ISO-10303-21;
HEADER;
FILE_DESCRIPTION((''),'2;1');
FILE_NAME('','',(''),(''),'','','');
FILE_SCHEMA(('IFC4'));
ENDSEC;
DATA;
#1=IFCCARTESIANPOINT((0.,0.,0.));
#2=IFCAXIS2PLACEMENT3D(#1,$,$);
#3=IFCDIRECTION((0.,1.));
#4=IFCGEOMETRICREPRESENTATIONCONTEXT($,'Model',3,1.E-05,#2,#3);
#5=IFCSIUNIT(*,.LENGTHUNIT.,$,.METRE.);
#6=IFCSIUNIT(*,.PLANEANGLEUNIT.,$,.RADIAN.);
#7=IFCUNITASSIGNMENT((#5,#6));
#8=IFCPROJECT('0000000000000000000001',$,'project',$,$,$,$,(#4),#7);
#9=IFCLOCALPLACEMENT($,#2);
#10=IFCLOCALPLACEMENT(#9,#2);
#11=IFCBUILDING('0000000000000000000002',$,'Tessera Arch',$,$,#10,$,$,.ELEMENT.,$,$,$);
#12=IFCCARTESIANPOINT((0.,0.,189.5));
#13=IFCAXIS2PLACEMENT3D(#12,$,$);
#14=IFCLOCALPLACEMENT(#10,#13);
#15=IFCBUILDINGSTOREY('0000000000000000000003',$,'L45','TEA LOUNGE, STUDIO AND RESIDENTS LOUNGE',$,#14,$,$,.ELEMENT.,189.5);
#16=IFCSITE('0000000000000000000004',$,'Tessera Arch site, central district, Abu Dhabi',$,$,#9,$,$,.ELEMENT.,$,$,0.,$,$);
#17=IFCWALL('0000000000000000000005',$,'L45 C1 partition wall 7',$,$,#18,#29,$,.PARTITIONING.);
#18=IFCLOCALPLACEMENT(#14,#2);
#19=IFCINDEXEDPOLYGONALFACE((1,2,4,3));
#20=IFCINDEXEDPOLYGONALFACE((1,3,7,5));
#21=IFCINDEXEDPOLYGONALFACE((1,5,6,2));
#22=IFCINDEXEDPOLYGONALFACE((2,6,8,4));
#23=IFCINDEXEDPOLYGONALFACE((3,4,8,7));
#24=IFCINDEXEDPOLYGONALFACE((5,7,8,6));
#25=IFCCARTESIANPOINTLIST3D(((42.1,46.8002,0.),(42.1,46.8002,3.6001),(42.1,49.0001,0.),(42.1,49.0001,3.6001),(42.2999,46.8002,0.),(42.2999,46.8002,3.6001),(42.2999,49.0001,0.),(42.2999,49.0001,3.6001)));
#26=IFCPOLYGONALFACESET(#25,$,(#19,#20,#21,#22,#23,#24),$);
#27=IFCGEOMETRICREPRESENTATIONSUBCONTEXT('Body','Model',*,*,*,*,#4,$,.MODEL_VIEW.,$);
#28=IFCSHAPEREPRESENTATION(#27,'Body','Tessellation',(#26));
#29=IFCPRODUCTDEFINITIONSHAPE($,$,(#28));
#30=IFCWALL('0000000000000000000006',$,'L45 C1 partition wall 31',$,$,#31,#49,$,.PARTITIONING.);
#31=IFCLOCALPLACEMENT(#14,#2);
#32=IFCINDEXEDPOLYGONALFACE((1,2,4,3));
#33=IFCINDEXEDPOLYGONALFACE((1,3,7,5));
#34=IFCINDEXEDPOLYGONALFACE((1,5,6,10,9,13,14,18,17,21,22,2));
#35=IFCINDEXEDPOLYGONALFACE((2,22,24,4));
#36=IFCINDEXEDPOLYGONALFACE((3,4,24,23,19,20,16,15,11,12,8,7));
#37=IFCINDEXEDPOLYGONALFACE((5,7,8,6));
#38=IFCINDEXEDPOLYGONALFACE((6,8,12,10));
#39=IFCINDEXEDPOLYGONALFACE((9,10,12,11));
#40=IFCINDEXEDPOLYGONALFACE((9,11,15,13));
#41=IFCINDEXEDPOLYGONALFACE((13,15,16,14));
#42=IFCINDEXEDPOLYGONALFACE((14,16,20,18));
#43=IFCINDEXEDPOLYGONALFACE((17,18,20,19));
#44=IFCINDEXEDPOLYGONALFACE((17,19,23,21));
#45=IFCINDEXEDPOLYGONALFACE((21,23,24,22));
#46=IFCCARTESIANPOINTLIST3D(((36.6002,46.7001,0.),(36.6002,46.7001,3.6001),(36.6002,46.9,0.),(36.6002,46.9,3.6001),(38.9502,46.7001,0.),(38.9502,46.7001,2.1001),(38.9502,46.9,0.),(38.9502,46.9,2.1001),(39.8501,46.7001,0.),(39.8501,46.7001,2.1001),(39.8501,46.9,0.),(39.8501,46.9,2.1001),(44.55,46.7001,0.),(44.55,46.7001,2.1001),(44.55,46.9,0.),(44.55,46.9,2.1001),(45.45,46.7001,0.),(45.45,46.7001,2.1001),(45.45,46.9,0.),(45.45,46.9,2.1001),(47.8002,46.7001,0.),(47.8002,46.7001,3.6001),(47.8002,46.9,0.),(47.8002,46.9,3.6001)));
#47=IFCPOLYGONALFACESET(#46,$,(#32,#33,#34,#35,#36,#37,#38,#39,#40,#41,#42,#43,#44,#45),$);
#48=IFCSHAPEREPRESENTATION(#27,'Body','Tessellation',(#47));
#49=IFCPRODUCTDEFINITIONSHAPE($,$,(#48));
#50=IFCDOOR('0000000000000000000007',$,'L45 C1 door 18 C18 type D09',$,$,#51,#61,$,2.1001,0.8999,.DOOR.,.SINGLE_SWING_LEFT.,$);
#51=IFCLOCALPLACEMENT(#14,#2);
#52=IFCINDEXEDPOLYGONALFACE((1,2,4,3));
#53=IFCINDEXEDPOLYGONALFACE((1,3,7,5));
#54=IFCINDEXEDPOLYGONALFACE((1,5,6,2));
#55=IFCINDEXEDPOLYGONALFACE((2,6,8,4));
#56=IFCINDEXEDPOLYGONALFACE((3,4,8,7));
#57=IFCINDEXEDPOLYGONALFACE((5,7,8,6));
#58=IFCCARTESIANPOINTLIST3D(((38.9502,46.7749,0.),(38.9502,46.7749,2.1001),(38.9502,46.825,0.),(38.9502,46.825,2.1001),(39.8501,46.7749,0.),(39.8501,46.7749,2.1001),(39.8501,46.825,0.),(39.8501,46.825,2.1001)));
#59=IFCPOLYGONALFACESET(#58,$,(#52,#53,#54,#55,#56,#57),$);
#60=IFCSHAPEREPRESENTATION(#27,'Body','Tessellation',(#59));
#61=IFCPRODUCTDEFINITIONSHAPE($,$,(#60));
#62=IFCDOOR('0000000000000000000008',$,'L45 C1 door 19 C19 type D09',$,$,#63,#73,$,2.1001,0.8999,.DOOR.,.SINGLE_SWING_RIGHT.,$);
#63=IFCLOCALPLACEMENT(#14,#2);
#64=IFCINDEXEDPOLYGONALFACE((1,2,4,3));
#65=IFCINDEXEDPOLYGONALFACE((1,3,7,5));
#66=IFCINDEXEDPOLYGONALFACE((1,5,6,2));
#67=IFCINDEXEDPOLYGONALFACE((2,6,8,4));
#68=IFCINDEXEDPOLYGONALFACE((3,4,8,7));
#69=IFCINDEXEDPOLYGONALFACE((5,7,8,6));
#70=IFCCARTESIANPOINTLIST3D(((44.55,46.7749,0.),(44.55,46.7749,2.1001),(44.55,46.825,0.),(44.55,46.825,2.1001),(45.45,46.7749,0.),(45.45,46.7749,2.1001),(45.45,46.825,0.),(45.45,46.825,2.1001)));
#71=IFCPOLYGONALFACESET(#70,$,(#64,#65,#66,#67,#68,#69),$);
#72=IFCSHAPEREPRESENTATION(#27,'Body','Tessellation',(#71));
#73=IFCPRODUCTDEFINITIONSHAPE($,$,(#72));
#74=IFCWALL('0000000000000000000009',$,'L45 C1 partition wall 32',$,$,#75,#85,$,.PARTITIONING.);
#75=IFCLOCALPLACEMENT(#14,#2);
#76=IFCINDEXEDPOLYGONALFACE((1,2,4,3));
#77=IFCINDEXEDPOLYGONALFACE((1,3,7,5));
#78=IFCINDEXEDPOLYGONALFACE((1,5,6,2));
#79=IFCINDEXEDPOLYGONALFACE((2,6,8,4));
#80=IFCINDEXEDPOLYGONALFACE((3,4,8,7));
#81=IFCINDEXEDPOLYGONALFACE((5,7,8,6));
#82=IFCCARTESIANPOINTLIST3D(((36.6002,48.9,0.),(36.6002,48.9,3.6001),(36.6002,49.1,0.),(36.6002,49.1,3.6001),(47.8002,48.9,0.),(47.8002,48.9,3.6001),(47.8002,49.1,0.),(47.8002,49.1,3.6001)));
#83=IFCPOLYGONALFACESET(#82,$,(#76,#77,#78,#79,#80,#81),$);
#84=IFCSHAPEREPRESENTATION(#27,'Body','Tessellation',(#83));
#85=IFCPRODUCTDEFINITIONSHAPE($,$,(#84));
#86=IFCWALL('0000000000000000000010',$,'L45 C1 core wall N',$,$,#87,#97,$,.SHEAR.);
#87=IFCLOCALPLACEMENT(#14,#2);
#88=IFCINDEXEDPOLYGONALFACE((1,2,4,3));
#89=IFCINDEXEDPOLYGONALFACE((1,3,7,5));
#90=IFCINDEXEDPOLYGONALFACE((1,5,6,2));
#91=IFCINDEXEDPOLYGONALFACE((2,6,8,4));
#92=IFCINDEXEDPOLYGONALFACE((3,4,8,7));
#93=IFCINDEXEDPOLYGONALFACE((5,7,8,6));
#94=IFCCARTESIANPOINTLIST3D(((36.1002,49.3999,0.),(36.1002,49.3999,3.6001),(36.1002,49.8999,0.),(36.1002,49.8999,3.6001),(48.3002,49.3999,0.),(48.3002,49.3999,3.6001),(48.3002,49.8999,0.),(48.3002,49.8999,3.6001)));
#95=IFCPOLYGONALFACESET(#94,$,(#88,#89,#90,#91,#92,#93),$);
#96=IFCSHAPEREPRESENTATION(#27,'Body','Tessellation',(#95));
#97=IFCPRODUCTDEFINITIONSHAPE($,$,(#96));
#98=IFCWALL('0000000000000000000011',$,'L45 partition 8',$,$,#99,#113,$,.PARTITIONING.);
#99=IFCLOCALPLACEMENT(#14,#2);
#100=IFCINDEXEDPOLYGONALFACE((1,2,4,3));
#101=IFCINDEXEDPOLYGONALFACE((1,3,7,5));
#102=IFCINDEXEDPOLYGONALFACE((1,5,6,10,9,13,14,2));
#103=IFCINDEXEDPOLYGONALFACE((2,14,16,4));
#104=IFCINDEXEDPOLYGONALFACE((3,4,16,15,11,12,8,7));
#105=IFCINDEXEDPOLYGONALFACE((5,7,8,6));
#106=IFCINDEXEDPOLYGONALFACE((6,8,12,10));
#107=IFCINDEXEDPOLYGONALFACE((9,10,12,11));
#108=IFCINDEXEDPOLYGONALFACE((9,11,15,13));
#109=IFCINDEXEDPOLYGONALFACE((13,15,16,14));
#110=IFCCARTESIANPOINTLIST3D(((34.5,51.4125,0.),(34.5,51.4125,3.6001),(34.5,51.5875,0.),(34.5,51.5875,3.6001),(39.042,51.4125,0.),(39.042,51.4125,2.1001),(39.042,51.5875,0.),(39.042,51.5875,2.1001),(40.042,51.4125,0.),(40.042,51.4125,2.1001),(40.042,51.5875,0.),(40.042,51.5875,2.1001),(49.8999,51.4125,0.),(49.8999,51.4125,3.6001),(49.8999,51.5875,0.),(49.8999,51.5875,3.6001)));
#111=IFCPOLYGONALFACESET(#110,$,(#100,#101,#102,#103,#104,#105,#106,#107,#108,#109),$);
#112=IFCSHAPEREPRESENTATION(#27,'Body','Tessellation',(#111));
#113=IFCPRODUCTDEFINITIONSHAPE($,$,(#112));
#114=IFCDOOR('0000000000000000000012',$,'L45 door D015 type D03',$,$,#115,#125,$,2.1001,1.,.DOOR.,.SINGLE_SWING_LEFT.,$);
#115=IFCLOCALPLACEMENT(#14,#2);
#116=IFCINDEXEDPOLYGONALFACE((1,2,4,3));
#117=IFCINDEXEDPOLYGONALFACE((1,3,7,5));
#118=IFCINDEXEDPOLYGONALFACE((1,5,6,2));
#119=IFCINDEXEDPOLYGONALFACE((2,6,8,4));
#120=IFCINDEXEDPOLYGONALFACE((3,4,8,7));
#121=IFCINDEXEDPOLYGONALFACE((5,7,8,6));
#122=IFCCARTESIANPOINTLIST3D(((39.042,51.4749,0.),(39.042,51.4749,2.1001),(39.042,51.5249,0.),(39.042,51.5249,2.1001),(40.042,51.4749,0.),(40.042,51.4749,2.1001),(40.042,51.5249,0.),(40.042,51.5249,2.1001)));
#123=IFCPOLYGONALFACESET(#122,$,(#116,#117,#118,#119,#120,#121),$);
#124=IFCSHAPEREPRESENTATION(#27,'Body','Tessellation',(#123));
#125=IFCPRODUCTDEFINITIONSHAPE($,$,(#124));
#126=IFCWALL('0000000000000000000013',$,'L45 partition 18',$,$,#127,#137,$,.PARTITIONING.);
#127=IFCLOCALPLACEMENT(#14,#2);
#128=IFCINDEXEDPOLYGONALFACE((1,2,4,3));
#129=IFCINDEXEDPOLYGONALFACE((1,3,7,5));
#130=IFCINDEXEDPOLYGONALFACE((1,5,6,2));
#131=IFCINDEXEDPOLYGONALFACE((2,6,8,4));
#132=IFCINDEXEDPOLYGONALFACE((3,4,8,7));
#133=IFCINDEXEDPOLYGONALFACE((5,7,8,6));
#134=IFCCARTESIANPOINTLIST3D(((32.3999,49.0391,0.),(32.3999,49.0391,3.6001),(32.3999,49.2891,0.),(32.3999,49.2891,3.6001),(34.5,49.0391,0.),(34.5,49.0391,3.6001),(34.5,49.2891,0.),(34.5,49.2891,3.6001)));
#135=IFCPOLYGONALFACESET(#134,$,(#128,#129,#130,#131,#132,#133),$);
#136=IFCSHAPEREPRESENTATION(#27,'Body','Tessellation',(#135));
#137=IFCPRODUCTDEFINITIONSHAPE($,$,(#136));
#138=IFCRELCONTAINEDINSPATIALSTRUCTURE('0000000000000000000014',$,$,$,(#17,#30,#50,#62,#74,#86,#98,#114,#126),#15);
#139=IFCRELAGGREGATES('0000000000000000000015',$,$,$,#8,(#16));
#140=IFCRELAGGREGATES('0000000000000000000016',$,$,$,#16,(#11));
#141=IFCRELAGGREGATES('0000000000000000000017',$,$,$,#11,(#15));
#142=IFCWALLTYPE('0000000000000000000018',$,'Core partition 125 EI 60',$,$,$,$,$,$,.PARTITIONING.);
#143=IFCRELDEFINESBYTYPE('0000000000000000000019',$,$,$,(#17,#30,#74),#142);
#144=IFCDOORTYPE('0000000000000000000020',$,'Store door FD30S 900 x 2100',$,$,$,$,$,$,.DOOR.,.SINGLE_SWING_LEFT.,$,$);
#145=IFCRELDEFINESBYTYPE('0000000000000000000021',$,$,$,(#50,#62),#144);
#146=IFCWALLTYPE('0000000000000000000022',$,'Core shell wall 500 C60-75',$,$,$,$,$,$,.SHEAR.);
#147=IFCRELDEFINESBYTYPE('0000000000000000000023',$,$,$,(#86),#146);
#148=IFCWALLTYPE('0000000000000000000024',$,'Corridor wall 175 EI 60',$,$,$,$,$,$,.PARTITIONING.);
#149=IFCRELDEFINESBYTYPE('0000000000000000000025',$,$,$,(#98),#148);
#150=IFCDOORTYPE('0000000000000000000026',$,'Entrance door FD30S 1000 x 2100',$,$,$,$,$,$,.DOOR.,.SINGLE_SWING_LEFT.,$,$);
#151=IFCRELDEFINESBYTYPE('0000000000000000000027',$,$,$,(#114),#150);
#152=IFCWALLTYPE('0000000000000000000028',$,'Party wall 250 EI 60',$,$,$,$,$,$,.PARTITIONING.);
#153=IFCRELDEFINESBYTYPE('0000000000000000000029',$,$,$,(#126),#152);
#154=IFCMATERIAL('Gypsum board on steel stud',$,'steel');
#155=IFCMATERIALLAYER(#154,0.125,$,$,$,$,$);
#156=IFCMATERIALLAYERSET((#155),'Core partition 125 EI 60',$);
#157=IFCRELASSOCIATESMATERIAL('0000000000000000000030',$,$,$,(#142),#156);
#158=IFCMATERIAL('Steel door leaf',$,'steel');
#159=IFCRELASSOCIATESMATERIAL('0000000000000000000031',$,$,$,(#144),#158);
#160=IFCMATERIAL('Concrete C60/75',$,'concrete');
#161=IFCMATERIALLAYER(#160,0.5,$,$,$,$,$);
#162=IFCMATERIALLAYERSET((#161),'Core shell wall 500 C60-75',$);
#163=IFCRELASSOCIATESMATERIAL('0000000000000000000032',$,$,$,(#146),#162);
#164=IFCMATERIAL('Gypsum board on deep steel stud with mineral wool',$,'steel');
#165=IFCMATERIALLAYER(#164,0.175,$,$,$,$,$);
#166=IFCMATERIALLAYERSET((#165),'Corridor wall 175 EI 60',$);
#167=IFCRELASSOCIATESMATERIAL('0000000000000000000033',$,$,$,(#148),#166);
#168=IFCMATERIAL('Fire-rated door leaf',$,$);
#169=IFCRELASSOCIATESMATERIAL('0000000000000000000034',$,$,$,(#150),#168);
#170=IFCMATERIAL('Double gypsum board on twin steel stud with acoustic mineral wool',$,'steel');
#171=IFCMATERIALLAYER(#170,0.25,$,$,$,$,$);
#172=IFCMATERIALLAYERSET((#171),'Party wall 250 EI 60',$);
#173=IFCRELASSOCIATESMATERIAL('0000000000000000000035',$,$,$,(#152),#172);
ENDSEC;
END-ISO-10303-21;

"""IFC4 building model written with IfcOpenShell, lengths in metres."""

from ifc_helpers import new_model, si_unit, direction, frame, frame_2d, origin, place, context, subcontext, project, spatial, rectangle, extrude, material, layer, layer_set, type_object, element, fill, save


model = new_model("IFC4")

# Units and contexts
model_context = context("Model", 3, precision=1e-05, world=origin(), true_north=direction((0.0, 1.0)))
body_context = subcontext(model_context, "Body", "Model", "MODEL_VIEW")
ifc_project = project(units=[si_unit("LENGTHUNIT", "METRE"), si_unit("PLANEANGLEUNIT", "RADIAN")], contexts=[model_context])

# Site, building, storey
site_placement = place(None, origin())
site = spatial("IfcSite", under=ifc_project, at=site_placement, Name="Tessera Arch site, central district, Abu Dhabi", CompositionType="ELEMENT", RefElevation=0.0)
building_placement = place(site_placement, origin())
building = spatial("IfcBuilding", under=site, at=building_placement, Name="Tessera Arch", CompositionType="ELEMENT")
storey_placement = place(building_placement, frame((0.0, 0.0, 189.5)))
storey = spatial("IfcBuildingStorey", under=building, at=storey_placement, Name="L45", Description="TEA LOUNGE, STUDIO AND RESIDENTS LOUNGE", CompositionType="ELEMENT", Elevation=189.5)

# Wall
ifc_material_1 = material(Name="Gypsum board on steel stud", Category="steel")
ifc_layer_1 = layer(ifc_material_1, 0.125)
ifc_layer_set_1 = layer_set([ifc_layer_1], Name="Core partition 125 EI 60")
wall_type_1 = type_object("IfcWallType", Name="Core partition 125 EI 60", PredefinedType="PARTITIONING", material=ifc_layer_set_1)
wall_1_placement = place(storey_placement, frame((42.2, 46.8, 0.0), z_axis=(0.0, 0.0, 1.0), x_axis=(0.0, 1.0, 0.0)))
element("IfcWall", 1, at=wall_1_placement, inside=storey, type_object=wall_type_1, Name="L45 C1 partition wall 7", PredefinedType="PARTITIONING", context=body_context, shape_type="SweptSolid", body=[
    extrude(rectangle(XDim=2.2, YDim=0.2, at=frame_2d((1.1001, 0.0))), origin(), (0.0, 0.0, 1.0), 3.6001),
])

# Wall, openings, doors
wall_2_placement = place(storey_placement, frame((36.6001, 46.8, 0.0), z_axis=(0.0, 0.0, 1.0), x_axis=(1.0, 0.0, 0.0)))
wall_2 = element("IfcWall", 2, at=wall_2_placement, inside=storey, type_object=wall_type_1, Name="L45 C1 partition wall 31", PredefinedType="PARTITIONING", context=body_context, shape_type="SweptSolid", body=[
    extrude(rectangle(XDim=11.2, YDim=0.2, at=frame_2d((5.6001, 0.0))), origin(), (0.0, 0.0, 1.0), 3.6001),
])
opening_1_placement = place(wall_2_placement, frame((2.3501, 0.0, 0.0)))
opening_1 = element("IfcOpeningElement", 3, at=opening_1_placement, cuts=wall_2, PredefinedType="OPENING", context=body_context, shape_type="SweptSolid", body=[
    extrude(rectangle(XDim=0.8999, YDim=2.1001, at=frame_2d((0.45, 1.05))), frame((0.0, 0.1099, 0.0), z_axis=(0.0, -1.0, 0.0), x_axis=(1.0, 0.0, 0.0)), (0.0, 0.0, 1.0), 0.22),
])
opening_2_placement = place(wall_2_placement, frame((7.95, 0.0, 0.0)))
opening_2 = element("IfcOpeningElement", 4, at=opening_2_placement, cuts=wall_2, PredefinedType="OPENING", context=body_context, shape_type="SweptSolid", body=[
    extrude(rectangle(XDim=0.8999, YDim=2.1001, at=frame_2d((0.45, 1.05))), frame((0.0, 0.1099, 0.0), z_axis=(0.0, -1.0, 0.0), x_axis=(1.0, 0.0, 0.0)), (0.0, 0.0, 1.0), 0.22),
])
ifc_material_2 = material(Name="Steel door leaf", Category="steel")
door_type_1 = type_object("IfcDoorType", Name="Store door FD30S 900 x 2100", OperationType="SINGLE_SWING_LEFT", PredefinedType="DOOR", material=ifc_material_2)
door_1_placement = place(opening_1_placement, origin())
door_1 = element("IfcDoor", 5, at=door_1_placement, inside=storey, type_object=door_type_1, Name="L45 C1 door 18 C18 type D09", OperationType="SINGLE_SWING_LEFT", OverallHeight=2.1001, OverallWidth=0.8999, PredefinedType="DOOR", context=body_context, shape_type="SweptSolid", body=[
    extrude(rectangle(XDim=0.8999, YDim=2.1001, at=frame_2d((0.45, 1.05))), frame((0.0, 0.0249, 0.0), z_axis=(0.0, -1.0, 0.0), x_axis=(1.0, 0.0, 0.0)), (0.0, 0.0, 1.0), 0.05),
])
fill(opening_1, door_1)
door_2_placement = place(opening_2_placement, origin())
door_2 = element("IfcDoor", 6, at=door_2_placement, inside=storey, type_object=door_type_1, Name="L45 C1 door 19 C19 type D09", OperationType="SINGLE_SWING_RIGHT", OverallHeight=2.1001, OverallWidth=0.8999, PredefinedType="DOOR", context=body_context, shape_type="SweptSolid", body=[
    extrude(rectangle(XDim=0.8999, YDim=2.1001, at=frame_2d((0.45, 1.05))), frame((0.0, 0.0249, 0.0), z_axis=(0.0, -1.0, 0.0), x_axis=(1.0, 0.0, 0.0)), (0.0, 0.0, 1.0), 0.05),
])
fill(opening_2, door_2)

# Walls
wall_3_placement = place(storey_placement, frame((36.6001, 49.0, 0.0), z_axis=(0.0, 0.0, 1.0), x_axis=(1.0, 0.0, 0.0)))
element("IfcWall", 7, at=wall_3_placement, inside=storey, type_object=wall_type_1, Name="L45 C1 partition wall 32", PredefinedType="PARTITIONING", context=body_context, shape_type="SweptSolid", body=[
    extrude(rectangle(XDim=11.2, YDim=0.2, at=frame_2d((5.6001, 0.0))), origin(), (0.0, 0.0, 1.0), 3.6001),
])
ifc_material_3 = material(Name="Concrete C60/75", Category="concrete")
ifc_layer_2 = layer(ifc_material_3, 0.5)
ifc_layer_set_2 = layer_set([ifc_layer_2], Name="Core shell wall 500 C60-75")
wall_type_2 = type_object("IfcWallType", Name="Core shell wall 500 C60-75", PredefinedType="SHEAR", material=ifc_layer_set_2)
wall_4_placement = place(storey_placement, frame((36.1001, 49.6499, 0.0), z_axis=(0.0, 0.0, 1.0), x_axis=(1.0, 0.0, 0.0)))
element("IfcWall", 8, at=wall_4_placement, inside=storey, type_object=wall_type_2, Name="L45 C1 core wall N", PredefinedType="SHEAR", context=body_context, shape_type="SweptSolid", body=[
    extrude(rectangle(XDim=12.2, YDim=0.5, at=frame_2d((6.1001, 0.0))), origin(), (0.0, 0.0, 1.0), 3.6001),
])

# Wall, opening, door
ifc_material_4 = material(Name="Gypsum board on deep steel stud with mineral wool", Category="steel")
ifc_layer_3 = layer(ifc_material_4, 0.175)
ifc_layer_set_3 = layer_set([ifc_layer_3], Name="Corridor wall 175 EI 60")
wall_type_3 = type_object("IfcWallType", Name="Corridor wall 175 EI 60", PredefinedType="PARTITIONING", material=ifc_layer_set_3)
wall_5_placement = place(storey_placement, frame((34.5, 51.5, 0.0), z_axis=(0.0, 0.0, 1.0), x_axis=(1.0, 0.0, 0.0)))
wall_5 = element("IfcWall", 9, at=wall_5_placement, inside=storey, type_object=wall_type_3, Name="L45 partition 8", PredefinedType="PARTITIONING", context=body_context, shape_type="SweptSolid", body=[
    extrude(rectangle(XDim=15.3999, YDim=0.175, at=frame_2d((7.7, 0.0))), origin(), (0.0, 0.0, 1.0), 3.6001),
])
opening_3_placement = place(wall_5_placement, frame((4.542, 0.0, 0.0)))
opening_3 = element("IfcOpeningElement", 10, at=opening_3_placement, cuts=wall_5, PredefinedType="OPENING", context=body_context, shape_type="SweptSolid", body=[
    extrude(rectangle(XDim=1.0, YDim=2.1001, at=frame_2d((0.5, 1.05))), frame((0.0, 0.0974, 0.0), z_axis=(0.0, -1.0, 0.0), x_axis=(1.0, 0.0, 0.0)), (0.0, 0.0, 1.0), 0.1951),
])
ifc_material_5 = material(Name="Fire-rated door leaf")
door_type_2 = type_object("IfcDoorType", Name="Entrance door FD30S 1000 x 2100", OperationType="SINGLE_SWING_LEFT", PredefinedType="DOOR", material=ifc_material_5)
door_3_placement = place(opening_3_placement, origin())
door_3 = element("IfcDoor", 11, at=door_3_placement, inside=storey, type_object=door_type_2, Name="L45 door D015 type D03", OperationType="SINGLE_SWING_LEFT", OverallHeight=2.1001, OverallWidth=1.0, PredefinedType="DOOR", context=body_context, shape_type="SweptSolid", body=[
    extrude(rectangle(XDim=1.0, YDim=2.1001, at=frame_2d((0.5, 1.05))), frame((0.0, 0.0249, 0.0), z_axis=(0.0, -1.0, 0.0), x_axis=(1.0, 0.0, 0.0)), (0.0, 0.0, 1.0), 0.05),
])
fill(opening_3, door_3)

# Wall
ifc_material_6 = material(Name="Double gypsum board on twin steel stud with acoustic mineral wool", Category="steel")
ifc_layer_4 = layer(ifc_material_6, 0.25)
ifc_layer_set_4 = layer_set([ifc_layer_4], Name="Party wall 250 EI 60")
wall_type_4 = type_object("IfcWallType", Name="Party wall 250 EI 60", PredefinedType="PARTITIONING", material=ifc_layer_set_4)
wall_6_placement = place(storey_placement, frame((32.3999, 49.1641, 0.0), z_axis=(0.0, 0.0, 1.0), x_axis=(1.0, 0.0, 0.0)))
element("IfcWall", 12, at=wall_6_placement, inside=storey, type_object=wall_type_4, Name="L45 partition 18", PredefinedType="PARTITIONING", context=body_context, shape_type="SweptSolid", body=[
    extrude(rectangle(XDim=2.1001, YDim=0.25, at=frame_2d((1.05, 0.0))), origin(), (0.0, 0.0, 1.0), 3.6001),
])

save(model, "model.ifc")
